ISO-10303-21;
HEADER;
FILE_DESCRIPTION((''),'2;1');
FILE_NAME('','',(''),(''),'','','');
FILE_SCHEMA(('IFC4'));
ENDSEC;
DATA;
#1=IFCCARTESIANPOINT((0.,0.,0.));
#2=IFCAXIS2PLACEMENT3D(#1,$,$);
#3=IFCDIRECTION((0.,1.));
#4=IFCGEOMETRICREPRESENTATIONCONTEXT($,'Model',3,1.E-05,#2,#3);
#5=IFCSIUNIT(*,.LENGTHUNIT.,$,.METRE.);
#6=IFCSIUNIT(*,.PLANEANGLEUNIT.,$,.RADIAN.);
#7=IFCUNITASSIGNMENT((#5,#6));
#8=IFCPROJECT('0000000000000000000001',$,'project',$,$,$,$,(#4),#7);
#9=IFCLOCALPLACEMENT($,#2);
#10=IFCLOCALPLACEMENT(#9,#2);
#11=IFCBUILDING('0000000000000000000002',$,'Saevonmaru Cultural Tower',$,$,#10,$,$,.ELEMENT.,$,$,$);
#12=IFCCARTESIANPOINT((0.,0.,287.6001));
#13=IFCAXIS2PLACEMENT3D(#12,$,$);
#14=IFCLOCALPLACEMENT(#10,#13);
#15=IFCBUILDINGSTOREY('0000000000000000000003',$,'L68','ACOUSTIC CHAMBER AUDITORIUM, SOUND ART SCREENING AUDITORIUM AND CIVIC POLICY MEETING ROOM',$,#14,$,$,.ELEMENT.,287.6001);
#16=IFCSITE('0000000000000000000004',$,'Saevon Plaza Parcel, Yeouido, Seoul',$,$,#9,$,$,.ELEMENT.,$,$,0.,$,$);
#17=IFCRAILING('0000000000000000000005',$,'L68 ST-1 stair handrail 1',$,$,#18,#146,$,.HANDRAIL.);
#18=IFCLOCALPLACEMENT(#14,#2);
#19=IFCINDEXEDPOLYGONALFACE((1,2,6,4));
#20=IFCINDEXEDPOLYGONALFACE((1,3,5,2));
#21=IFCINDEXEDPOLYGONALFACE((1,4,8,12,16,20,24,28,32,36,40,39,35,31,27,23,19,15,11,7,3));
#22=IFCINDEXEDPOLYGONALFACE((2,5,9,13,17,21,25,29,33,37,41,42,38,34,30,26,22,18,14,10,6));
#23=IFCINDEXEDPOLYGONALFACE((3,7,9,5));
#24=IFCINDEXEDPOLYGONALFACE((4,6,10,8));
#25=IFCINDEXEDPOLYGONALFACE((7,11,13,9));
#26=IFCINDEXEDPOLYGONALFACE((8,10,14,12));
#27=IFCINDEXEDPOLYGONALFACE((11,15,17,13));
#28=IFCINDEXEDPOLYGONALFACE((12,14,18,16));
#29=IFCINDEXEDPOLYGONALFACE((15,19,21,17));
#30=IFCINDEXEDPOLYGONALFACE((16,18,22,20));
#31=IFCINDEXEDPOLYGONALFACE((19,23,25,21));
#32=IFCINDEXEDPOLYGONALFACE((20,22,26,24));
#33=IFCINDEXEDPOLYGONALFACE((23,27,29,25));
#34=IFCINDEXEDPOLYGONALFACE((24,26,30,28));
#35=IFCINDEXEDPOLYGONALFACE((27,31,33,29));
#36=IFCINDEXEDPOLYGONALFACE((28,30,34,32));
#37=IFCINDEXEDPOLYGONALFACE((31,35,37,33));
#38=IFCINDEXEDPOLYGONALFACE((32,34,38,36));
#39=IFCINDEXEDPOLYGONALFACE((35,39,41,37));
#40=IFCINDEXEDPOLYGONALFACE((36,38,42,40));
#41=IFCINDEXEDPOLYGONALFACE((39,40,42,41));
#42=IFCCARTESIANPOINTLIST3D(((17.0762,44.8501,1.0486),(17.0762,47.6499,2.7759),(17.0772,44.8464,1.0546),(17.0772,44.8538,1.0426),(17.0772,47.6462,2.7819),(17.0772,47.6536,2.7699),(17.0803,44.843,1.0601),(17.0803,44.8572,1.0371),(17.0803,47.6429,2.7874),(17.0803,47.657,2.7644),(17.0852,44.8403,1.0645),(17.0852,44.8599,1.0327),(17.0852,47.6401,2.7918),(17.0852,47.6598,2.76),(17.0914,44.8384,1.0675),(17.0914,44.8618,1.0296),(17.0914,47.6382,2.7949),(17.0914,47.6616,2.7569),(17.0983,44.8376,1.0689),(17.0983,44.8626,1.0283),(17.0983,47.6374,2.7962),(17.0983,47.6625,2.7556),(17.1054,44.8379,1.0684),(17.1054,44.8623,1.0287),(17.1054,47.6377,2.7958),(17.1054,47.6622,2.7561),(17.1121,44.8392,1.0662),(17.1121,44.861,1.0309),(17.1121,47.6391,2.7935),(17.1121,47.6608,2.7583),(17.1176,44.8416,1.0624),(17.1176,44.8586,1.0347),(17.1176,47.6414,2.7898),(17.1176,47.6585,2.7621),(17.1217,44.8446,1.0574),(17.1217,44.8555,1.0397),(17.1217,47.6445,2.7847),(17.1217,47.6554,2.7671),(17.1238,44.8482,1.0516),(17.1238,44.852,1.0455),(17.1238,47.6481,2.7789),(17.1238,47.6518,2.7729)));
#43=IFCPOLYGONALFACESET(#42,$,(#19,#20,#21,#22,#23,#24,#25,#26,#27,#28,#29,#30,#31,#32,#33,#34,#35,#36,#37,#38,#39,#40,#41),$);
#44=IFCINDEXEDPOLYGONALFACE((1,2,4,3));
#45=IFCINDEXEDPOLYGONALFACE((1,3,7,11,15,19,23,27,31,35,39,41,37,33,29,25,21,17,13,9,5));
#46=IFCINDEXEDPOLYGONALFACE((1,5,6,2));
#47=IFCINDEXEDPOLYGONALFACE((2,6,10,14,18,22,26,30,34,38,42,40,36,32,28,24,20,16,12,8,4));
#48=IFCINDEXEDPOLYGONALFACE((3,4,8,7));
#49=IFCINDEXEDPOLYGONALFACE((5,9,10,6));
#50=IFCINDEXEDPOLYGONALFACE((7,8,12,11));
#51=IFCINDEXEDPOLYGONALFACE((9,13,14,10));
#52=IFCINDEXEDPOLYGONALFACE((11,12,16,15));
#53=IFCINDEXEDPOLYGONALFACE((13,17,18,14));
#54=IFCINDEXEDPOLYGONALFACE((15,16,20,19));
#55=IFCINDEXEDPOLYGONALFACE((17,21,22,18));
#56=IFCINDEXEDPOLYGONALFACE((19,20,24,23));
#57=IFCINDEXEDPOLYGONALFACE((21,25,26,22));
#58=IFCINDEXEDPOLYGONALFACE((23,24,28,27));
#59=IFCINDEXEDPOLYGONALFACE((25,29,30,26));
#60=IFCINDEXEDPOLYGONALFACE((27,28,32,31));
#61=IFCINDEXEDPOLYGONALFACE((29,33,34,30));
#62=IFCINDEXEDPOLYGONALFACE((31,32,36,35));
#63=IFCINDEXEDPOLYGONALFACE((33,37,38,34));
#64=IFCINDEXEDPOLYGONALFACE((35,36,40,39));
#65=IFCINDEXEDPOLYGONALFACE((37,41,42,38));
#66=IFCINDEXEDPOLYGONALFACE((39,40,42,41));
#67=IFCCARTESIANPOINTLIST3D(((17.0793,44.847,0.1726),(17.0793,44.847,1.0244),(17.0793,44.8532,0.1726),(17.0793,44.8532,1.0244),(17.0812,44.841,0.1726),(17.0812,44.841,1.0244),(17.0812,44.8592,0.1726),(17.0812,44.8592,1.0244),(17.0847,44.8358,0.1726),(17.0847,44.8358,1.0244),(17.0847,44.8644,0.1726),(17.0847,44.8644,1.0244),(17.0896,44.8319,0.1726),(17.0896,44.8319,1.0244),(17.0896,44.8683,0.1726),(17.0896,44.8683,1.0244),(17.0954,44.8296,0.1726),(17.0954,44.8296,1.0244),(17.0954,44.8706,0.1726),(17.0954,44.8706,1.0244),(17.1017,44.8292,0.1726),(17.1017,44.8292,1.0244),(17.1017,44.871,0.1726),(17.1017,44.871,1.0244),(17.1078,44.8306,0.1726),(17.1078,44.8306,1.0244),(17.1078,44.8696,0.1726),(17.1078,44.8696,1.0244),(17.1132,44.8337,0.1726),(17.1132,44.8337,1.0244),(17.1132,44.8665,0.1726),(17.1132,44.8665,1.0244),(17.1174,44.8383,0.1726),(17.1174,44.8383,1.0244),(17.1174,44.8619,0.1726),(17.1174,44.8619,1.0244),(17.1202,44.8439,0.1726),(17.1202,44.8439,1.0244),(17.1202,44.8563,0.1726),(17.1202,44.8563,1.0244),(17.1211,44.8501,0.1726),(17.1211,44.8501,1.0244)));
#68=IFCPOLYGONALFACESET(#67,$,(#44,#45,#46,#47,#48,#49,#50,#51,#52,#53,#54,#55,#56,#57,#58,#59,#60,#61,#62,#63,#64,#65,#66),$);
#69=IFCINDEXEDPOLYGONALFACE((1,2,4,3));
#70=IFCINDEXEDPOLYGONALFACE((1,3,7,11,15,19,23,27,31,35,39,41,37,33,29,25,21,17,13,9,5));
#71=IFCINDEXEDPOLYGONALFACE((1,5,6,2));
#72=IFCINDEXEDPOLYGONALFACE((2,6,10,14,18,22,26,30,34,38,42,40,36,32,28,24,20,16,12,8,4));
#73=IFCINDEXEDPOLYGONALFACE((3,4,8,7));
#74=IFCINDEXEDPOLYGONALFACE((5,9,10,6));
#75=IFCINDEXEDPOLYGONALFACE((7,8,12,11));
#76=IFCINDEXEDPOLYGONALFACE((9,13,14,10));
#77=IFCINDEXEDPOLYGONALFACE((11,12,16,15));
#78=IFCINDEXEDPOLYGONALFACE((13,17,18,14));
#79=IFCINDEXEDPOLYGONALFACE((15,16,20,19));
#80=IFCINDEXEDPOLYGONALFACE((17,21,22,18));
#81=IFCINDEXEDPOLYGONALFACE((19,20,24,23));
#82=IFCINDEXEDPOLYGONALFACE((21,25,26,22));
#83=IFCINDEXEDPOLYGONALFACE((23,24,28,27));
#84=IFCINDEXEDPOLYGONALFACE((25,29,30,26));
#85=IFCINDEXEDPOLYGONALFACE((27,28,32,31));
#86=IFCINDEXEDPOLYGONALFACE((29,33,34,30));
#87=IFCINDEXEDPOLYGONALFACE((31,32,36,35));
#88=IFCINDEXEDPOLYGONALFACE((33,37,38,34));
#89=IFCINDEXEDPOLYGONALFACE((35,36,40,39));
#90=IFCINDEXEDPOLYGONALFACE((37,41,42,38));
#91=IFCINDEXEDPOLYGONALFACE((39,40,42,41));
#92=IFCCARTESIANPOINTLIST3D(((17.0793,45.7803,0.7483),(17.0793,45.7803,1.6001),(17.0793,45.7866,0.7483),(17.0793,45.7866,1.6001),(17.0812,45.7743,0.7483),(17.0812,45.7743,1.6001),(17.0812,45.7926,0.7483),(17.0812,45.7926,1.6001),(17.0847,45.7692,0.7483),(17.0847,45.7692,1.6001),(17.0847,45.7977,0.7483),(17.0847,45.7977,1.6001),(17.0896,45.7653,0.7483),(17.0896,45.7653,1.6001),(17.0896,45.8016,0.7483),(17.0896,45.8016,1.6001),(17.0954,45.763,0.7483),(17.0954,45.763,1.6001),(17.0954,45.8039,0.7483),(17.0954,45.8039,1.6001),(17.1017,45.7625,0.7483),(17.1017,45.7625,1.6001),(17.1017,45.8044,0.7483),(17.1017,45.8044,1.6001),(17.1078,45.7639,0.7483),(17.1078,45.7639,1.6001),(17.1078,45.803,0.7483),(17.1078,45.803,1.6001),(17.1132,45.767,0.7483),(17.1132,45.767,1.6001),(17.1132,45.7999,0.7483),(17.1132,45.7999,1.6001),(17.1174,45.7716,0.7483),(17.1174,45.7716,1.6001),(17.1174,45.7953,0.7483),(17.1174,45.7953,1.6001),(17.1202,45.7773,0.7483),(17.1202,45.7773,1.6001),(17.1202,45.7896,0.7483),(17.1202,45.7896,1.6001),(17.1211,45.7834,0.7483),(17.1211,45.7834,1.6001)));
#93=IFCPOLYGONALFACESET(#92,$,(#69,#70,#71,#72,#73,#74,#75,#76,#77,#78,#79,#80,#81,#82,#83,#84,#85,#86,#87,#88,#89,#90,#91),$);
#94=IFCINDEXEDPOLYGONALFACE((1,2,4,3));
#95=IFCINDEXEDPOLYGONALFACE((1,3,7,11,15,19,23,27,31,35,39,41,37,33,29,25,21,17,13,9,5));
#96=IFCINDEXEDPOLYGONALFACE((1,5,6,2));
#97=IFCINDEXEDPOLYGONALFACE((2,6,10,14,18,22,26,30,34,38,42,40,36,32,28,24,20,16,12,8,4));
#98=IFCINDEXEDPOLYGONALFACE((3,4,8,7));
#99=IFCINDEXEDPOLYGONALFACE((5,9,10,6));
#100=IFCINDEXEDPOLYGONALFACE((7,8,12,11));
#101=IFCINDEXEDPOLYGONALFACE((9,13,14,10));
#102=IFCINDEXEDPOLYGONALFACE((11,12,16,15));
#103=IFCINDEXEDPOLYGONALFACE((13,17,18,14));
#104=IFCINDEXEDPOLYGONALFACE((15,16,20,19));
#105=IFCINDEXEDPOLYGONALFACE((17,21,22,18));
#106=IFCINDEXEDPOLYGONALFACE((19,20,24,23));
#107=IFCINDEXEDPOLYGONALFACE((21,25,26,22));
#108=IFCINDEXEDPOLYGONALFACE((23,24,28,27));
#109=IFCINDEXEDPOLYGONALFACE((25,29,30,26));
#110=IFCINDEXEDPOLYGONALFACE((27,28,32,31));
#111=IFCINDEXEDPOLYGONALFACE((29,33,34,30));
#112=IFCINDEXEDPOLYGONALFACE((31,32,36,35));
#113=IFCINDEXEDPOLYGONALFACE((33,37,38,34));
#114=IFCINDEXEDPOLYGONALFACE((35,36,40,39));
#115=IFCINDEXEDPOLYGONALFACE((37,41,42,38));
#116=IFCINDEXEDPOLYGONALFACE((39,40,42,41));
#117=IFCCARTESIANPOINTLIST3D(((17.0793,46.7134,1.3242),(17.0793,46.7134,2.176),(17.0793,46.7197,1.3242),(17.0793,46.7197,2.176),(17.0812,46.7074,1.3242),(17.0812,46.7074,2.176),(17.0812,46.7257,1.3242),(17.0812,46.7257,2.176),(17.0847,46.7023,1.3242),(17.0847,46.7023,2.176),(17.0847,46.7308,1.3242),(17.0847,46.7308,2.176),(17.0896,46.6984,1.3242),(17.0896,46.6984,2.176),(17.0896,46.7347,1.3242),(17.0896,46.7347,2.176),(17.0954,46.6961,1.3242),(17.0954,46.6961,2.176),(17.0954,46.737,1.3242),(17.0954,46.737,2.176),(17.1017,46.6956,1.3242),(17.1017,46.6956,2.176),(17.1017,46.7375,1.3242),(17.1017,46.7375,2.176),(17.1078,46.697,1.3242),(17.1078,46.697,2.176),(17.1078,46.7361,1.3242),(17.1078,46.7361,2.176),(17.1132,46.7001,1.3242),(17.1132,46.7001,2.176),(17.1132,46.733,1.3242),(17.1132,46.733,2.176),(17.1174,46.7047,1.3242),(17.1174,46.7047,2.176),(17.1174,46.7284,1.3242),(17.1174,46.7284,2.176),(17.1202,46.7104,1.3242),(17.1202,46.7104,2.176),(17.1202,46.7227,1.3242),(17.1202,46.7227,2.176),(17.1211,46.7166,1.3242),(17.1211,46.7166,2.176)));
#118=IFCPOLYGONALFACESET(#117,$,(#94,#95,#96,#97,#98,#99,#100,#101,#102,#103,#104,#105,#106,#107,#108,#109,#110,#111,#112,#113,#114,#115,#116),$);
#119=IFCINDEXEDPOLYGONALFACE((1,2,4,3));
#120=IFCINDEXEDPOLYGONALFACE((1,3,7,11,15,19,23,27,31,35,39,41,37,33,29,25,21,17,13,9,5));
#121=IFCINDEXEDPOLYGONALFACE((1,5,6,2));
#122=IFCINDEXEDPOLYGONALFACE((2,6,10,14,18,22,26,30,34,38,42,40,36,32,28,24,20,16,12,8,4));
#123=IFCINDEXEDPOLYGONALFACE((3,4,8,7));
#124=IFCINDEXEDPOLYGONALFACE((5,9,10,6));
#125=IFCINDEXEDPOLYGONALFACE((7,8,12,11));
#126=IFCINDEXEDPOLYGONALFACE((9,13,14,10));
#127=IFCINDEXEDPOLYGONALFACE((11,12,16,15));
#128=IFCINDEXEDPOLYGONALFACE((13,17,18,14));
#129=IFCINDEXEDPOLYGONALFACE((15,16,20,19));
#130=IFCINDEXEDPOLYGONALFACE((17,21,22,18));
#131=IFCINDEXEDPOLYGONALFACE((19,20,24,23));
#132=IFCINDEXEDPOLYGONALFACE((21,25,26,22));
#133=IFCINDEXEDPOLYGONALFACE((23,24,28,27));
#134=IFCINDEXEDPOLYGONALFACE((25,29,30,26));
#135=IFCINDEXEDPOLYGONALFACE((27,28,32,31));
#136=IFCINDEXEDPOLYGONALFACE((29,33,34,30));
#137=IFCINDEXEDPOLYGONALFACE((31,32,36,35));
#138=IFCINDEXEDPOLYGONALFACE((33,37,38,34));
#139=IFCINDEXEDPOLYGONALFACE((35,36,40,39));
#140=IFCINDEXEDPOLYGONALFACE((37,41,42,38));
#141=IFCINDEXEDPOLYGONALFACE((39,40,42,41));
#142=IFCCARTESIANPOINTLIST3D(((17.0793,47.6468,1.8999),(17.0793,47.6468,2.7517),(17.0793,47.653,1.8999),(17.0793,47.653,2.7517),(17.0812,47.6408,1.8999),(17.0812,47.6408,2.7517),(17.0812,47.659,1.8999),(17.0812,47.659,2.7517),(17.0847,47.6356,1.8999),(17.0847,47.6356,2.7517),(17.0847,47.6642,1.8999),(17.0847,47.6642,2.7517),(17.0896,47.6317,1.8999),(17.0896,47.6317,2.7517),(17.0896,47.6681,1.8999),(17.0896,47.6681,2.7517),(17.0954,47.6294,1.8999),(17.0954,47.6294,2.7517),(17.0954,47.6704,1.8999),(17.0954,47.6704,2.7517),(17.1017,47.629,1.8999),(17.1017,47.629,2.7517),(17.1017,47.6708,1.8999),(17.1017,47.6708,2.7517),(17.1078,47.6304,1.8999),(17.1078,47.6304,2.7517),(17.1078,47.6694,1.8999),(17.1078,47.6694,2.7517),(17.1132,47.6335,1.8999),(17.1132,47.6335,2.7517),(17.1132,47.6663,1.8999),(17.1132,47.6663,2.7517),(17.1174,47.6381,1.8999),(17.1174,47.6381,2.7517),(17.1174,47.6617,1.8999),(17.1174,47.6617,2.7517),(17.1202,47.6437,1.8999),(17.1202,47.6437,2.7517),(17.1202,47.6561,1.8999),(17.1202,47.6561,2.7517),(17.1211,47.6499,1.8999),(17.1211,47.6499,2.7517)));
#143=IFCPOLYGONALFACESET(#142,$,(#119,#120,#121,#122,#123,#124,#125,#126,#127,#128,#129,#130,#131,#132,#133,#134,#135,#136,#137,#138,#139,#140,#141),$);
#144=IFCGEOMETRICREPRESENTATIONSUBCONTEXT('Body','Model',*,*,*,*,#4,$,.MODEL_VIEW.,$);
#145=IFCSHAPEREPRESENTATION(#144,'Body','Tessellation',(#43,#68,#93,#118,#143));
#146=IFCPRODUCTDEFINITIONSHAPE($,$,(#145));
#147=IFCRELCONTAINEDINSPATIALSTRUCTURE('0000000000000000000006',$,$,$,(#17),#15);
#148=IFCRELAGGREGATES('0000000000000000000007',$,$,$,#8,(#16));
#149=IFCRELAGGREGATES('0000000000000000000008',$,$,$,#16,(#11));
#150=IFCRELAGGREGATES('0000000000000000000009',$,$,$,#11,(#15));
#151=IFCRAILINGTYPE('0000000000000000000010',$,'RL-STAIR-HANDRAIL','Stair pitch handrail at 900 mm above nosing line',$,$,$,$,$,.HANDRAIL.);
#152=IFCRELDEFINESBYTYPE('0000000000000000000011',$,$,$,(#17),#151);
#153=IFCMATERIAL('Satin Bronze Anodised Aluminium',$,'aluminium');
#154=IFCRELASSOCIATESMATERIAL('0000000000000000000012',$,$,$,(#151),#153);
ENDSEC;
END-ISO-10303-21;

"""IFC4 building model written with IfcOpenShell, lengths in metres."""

from ifc_helpers import new_model, si_unit, direction, frame, origin, origin_2d, place, context, subcontext, project, spatial, circle, extrude, material, type_object, element, save


model = new_model("IFC4")

# Units and contexts
model_context = context("Model", 3, precision=1e-05, world=origin(), true_north=direction((0.0, 1.0)))
body_context = subcontext(model_context, "Body", "Model", "MODEL_VIEW")
ifc_project = project(units=[si_unit("LENGTHUNIT", "METRE"), si_unit("PLANEANGLEUNIT", "RADIAN")], contexts=[model_context])

# Site, building, storey
site_placement = place(None, origin())
site = spatial("IfcSite", under=ifc_project, at=site_placement, Name="Saevon Plaza Parcel, Yeouido, Seoul", CompositionType="ELEMENT", RefElevation=0.0)
building_placement = place(site_placement, origin())
building = spatial("IfcBuilding", under=site, at=building_placement, Name="Saevonmaru Cultural Tower", CompositionType="ELEMENT")
storey_placement = place(building_placement, frame((0.0, 0.0, 287.6001)))
storey = spatial("IfcBuildingStorey", under=building, at=storey_placement, Name="L68", Description="ACOUSTIC CHAMBER AUDITORIUM, SOUND ART SCREENING AUDITORIUM AND CIVIC POLICY MEETING ROOM", CompositionType="ELEMENT", Elevation=287.6001)

# Shared definitions
ifc_material_1 = material(Name="Satin Bronze Anodised Aluminium", Category="aluminium")

# Railing
railing_type_1 = type_object("IfcRailingType", Name="RL-STAIR-HANDRAIL", Description="Stair pitch handrail at 900 mm above nosing line", PredefinedType="HANDRAIL", material=ifc_material_1)
railing_1_placement = place(storey_placement, frame((17.1001, 44.8501, 0.1726)))
element("IfcRailing", 1, at=railing_1_placement, inside=storey, type_object=railing_type_1, Name="L68 ST-1 stair handrail 1", PredefinedType="HANDRAIL", context=body_context, shape_type="SweptSolid", body=[
    extrude(circle(Radius=0.0239, at=origin_2d()), frame((0.0, 0.0, 0.876), z_axis=(0.0, 0.851069, 0.525054), x_axis=(-1.0, 0.0, 0.0)), (0.0, 0.0, 1.0), 3.2898),
    extrude(circle(Radius=0.021, at=origin_2d()), origin(), (0.0, 0.0, 1.0), 0.8518),
    extrude(circle(Radius=0.021, at=origin_2d()), frame((0.0, 0.9333, 0.5757)), (0.0, 0.0, 1.0), 0.8518),
    extrude(circle(Radius=0.021, at=origin_2d()), frame((0.0, 1.8665, 1.1516)), (0.0, 0.0, 1.0), 0.8518),
    extrude(circle(Radius=0.021, at=origin_2d()), frame((0.0, 2.7998, 1.7273)), (0.0, 0.0, 1.0), 0.8518),
])

save(model, "model.ifc")
